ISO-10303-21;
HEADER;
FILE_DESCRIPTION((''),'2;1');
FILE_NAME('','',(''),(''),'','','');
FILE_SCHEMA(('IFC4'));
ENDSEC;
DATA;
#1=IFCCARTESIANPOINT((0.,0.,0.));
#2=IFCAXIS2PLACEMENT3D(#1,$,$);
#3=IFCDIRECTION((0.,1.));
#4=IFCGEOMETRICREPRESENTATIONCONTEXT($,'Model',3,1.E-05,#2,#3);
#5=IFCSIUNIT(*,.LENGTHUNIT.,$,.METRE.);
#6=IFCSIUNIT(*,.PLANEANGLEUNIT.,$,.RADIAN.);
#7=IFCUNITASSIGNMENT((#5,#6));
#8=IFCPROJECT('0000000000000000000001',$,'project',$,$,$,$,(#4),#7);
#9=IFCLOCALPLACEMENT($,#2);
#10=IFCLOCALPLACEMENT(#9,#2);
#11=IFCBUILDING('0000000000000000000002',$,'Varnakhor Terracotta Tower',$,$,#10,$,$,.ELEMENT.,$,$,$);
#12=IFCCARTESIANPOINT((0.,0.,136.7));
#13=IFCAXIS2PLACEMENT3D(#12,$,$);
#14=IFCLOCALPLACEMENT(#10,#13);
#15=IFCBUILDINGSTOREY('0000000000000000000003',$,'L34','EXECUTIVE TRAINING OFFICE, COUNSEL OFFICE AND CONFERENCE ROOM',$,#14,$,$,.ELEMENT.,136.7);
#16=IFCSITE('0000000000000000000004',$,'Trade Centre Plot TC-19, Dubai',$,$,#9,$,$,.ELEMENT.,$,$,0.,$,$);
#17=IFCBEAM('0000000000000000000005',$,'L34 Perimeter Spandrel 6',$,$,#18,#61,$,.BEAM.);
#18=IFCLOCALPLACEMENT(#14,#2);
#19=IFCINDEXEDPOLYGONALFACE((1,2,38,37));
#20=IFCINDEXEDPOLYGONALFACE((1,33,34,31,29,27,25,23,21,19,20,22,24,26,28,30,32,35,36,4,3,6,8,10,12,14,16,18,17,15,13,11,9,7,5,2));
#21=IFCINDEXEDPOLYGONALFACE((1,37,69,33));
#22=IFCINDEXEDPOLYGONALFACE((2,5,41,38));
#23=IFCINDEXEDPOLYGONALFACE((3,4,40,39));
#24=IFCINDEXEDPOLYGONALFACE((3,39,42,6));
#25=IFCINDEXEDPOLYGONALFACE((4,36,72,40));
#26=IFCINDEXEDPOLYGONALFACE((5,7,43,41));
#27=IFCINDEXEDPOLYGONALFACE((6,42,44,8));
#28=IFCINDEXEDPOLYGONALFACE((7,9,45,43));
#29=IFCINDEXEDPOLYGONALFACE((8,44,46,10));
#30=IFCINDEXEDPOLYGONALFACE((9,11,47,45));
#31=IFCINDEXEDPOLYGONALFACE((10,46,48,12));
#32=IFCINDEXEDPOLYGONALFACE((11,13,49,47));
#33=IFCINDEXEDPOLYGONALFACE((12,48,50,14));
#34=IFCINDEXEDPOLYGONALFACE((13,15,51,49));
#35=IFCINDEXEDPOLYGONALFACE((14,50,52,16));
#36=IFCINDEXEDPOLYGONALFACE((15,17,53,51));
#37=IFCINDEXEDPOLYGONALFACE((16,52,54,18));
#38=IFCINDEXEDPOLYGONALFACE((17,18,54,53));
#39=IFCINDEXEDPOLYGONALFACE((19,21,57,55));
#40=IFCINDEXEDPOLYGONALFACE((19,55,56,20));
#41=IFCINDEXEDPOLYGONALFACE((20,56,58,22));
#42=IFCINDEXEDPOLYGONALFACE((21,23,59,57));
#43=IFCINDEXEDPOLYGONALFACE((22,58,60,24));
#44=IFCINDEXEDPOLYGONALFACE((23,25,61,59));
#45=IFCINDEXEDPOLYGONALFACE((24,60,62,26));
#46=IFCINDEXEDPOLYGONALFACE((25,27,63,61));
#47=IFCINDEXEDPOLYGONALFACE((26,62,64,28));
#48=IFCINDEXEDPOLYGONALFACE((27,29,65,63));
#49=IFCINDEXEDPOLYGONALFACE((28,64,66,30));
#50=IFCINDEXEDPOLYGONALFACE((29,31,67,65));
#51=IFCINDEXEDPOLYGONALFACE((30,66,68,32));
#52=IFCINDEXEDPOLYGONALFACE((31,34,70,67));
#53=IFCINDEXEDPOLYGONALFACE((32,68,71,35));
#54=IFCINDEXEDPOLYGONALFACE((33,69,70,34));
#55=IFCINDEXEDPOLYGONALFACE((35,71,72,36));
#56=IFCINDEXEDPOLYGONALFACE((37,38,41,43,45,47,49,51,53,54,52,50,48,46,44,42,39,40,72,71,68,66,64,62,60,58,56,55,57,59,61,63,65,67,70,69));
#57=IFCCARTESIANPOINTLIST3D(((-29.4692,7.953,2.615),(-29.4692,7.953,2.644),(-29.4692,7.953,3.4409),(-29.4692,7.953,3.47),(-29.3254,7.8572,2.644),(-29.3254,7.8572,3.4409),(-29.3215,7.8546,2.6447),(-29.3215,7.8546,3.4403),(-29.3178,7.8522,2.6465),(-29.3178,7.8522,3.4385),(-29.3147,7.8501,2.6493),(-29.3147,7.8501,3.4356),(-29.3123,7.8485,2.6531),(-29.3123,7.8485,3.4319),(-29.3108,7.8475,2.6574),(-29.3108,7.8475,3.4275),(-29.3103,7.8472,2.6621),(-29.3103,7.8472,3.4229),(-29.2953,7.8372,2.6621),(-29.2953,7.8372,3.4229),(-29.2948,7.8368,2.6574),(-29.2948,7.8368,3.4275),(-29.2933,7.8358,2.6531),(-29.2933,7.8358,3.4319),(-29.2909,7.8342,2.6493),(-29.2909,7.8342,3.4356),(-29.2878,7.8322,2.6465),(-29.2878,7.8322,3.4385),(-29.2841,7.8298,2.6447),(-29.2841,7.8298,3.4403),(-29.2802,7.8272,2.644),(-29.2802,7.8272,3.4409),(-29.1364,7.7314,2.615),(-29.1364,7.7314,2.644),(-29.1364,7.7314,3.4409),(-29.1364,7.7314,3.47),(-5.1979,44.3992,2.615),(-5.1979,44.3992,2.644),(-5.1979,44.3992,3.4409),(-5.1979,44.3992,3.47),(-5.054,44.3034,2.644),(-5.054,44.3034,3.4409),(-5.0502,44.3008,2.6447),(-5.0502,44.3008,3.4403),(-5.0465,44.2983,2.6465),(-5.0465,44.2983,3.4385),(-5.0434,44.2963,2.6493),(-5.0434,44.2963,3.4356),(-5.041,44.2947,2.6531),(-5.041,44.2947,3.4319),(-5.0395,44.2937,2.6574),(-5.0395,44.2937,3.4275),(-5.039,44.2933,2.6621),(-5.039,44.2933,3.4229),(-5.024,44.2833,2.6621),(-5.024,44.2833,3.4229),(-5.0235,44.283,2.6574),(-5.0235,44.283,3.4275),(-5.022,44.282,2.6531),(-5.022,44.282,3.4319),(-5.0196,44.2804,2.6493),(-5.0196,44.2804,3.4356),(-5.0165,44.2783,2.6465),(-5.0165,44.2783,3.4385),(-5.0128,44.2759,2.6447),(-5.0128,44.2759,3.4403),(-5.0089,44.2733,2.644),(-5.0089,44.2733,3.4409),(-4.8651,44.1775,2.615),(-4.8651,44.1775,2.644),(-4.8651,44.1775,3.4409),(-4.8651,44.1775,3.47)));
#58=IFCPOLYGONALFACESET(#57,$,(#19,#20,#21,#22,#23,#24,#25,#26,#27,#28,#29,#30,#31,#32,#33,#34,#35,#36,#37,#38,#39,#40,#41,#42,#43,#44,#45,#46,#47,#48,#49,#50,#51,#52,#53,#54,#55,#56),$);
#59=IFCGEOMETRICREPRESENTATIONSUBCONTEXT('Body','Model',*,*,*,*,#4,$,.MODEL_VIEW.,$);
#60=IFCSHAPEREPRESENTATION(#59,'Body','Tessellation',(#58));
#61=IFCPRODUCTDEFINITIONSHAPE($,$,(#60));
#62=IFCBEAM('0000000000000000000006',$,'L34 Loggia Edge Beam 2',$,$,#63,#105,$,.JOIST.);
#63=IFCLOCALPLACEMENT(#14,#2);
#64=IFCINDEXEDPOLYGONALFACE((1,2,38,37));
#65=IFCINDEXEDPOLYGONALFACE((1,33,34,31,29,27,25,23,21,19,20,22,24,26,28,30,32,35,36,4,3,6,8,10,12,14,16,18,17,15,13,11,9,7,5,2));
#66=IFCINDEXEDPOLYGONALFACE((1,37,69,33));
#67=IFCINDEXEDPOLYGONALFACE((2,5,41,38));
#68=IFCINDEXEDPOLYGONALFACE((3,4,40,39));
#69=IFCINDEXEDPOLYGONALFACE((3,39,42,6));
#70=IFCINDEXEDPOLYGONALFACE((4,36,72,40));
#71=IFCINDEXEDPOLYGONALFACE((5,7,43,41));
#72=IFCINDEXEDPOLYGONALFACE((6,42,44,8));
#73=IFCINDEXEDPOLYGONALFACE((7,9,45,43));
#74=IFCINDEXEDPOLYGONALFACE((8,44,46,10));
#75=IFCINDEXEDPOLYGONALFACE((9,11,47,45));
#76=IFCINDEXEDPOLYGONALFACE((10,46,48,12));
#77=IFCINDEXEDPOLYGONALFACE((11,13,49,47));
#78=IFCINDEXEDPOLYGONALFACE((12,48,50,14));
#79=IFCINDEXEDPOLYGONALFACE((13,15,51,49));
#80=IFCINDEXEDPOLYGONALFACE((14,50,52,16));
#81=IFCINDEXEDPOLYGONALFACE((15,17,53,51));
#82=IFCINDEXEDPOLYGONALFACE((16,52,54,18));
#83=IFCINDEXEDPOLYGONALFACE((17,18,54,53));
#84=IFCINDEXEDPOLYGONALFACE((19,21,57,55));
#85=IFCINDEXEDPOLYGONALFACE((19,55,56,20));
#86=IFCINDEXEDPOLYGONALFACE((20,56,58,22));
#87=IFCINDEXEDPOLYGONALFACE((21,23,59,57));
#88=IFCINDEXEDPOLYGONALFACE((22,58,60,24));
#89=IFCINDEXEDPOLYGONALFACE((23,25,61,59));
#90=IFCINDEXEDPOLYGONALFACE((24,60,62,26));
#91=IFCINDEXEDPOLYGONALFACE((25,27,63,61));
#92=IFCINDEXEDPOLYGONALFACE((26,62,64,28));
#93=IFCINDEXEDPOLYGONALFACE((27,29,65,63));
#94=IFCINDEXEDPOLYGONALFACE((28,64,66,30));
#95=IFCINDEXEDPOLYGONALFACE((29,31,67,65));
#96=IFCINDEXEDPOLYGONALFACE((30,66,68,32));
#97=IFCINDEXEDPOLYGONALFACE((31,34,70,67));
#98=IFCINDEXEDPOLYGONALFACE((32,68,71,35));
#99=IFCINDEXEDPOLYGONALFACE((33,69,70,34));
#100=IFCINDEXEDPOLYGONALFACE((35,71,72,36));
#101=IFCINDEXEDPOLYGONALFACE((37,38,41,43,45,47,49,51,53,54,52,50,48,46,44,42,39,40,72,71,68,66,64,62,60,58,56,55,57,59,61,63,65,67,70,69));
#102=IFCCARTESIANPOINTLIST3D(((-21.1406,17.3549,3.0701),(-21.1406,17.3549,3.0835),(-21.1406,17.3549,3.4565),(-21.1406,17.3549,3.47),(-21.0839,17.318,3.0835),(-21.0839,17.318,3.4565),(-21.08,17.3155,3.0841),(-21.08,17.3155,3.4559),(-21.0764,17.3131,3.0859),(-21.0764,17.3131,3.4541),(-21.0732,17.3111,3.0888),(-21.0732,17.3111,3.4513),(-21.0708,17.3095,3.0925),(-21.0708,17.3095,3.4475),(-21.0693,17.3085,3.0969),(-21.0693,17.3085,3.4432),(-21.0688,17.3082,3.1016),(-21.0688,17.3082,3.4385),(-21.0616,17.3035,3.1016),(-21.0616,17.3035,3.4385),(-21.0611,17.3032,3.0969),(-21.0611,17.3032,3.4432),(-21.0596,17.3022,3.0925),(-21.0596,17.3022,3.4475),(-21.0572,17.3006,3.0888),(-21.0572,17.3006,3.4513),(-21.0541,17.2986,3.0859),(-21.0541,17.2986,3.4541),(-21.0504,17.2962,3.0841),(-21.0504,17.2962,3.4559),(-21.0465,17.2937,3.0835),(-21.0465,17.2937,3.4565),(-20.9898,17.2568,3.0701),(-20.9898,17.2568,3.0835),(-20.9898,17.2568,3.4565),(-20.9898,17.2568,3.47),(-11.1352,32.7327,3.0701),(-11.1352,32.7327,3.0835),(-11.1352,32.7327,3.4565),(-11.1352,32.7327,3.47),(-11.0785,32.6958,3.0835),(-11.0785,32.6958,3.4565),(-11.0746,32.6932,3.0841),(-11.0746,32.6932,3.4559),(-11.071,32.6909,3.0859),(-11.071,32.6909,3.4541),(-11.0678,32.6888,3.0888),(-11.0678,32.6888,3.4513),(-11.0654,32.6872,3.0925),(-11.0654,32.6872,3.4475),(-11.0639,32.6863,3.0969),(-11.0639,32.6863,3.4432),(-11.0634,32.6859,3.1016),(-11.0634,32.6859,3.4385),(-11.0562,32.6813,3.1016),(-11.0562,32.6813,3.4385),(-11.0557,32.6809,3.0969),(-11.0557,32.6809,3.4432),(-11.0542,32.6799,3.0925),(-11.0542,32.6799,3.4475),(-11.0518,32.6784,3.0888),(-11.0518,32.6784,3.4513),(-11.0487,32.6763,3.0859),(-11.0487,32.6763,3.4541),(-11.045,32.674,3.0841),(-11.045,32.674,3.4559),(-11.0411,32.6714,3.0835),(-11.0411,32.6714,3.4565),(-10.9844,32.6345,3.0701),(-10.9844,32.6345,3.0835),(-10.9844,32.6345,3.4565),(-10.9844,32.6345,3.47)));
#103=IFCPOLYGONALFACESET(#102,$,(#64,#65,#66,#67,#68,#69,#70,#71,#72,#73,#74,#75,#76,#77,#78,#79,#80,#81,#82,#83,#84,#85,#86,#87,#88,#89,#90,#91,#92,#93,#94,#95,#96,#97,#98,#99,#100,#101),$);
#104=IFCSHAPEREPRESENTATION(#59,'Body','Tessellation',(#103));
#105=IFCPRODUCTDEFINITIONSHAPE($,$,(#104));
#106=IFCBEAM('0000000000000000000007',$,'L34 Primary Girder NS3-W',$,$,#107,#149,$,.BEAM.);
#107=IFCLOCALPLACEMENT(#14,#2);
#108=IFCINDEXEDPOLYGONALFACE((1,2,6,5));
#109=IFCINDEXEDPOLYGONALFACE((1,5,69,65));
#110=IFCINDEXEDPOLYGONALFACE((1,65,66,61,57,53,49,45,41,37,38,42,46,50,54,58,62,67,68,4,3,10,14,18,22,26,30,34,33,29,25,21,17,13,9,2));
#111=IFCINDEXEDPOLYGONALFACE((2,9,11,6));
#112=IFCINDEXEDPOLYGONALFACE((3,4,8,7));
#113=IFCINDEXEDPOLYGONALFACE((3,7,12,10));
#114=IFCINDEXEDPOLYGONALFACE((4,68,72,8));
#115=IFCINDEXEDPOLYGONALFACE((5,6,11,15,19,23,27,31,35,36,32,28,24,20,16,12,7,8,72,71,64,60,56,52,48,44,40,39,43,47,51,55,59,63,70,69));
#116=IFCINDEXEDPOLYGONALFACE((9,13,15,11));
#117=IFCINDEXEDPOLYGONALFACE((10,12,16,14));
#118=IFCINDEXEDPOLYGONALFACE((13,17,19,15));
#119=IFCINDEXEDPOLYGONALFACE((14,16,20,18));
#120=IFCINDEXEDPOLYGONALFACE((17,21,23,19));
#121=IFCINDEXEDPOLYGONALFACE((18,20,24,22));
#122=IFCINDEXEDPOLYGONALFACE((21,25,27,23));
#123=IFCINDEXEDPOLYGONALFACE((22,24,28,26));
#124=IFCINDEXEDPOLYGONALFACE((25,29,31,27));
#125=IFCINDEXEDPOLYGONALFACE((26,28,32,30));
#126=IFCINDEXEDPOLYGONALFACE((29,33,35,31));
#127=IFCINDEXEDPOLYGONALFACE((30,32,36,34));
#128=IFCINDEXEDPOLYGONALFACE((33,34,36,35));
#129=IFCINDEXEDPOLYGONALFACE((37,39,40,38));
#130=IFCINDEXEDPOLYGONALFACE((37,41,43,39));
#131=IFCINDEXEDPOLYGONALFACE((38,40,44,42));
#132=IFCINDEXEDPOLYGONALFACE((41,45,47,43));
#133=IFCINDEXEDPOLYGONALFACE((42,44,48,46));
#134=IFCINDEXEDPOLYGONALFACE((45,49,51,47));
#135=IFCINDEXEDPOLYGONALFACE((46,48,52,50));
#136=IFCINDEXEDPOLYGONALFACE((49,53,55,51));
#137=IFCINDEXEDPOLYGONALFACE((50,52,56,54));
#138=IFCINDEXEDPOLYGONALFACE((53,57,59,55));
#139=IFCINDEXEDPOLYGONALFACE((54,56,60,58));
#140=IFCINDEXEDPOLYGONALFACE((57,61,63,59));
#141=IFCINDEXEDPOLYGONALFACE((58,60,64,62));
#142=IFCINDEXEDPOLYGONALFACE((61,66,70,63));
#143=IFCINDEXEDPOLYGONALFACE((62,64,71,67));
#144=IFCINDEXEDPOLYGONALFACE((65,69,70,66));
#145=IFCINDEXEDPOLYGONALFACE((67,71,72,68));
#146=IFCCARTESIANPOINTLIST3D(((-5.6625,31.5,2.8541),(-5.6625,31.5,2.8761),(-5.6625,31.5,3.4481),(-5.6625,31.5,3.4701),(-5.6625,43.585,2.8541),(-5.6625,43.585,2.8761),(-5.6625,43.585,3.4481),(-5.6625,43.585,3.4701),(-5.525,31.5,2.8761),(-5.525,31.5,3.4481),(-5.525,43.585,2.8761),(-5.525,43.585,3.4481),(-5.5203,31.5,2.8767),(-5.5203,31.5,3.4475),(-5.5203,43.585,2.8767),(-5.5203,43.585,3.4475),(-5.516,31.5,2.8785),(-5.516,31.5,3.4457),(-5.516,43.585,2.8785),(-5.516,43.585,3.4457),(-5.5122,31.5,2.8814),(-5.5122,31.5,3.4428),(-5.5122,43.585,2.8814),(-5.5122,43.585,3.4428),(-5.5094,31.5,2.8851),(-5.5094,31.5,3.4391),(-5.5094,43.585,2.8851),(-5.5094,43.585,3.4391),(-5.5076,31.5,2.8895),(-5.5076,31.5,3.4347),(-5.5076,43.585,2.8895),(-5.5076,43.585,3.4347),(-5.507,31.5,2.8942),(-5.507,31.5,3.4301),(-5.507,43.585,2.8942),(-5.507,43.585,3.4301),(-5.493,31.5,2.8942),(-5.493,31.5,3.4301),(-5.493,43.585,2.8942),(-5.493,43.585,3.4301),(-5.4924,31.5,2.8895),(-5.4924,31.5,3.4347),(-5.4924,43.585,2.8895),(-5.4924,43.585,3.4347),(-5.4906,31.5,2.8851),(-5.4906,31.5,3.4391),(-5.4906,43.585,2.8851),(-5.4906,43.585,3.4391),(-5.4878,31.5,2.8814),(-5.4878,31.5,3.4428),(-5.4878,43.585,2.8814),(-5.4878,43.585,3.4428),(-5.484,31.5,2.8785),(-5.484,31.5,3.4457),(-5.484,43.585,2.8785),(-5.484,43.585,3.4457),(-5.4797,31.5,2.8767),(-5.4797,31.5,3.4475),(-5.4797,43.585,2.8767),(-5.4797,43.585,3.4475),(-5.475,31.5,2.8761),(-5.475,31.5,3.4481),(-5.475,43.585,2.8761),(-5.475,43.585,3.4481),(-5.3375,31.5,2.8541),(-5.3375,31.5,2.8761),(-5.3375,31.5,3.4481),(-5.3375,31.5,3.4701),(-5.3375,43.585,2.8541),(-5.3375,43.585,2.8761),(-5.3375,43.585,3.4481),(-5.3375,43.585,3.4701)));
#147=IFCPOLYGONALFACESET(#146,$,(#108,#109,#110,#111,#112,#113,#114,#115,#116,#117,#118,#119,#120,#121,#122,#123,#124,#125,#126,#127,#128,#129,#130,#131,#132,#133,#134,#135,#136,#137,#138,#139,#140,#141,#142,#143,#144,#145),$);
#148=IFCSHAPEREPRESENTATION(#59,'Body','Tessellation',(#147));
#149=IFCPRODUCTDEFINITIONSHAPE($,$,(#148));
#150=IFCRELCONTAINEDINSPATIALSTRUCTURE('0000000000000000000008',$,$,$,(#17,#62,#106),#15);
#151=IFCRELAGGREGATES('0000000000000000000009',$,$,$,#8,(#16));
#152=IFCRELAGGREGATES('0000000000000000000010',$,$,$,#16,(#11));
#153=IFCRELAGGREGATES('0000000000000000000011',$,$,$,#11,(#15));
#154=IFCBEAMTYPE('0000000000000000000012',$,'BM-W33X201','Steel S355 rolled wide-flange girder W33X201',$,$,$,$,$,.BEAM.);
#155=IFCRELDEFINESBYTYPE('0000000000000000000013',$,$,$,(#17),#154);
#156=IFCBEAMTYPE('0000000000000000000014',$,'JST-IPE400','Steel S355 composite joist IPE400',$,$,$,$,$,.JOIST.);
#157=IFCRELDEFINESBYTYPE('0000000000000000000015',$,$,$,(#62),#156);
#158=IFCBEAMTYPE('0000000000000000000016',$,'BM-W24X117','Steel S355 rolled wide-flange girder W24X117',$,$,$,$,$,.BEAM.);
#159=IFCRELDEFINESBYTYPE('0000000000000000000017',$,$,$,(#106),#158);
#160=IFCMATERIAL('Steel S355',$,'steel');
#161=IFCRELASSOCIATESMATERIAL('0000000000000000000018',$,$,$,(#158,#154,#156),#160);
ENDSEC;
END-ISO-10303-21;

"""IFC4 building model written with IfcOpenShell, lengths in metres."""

from ifc_helpers import new_model, si_unit, direction, frame, origin, origin_2d, place, context, subcontext, project, spatial, i_section, extrude, source, transform, mapped, material, material_profile, profile_set, type_object, element, save


model = new_model("IFC4")

# Units and contexts
model_context = context("Model", 3, precision=1e-05, world=origin(), true_north=direction((0.0, 1.0)))
body_context = subcontext(model_context, "Body", "Model", "MODEL_VIEW")
ifc_project = project(units=[si_unit("LENGTHUNIT", "METRE"), si_unit("PLANEANGLEUNIT", "RADIAN")], contexts=[model_context])

# Site, building, storey
site_placement = place(None, origin())
site = spatial("IfcSite", under=ifc_project, at=site_placement, Name="Trade Centre Plot TC-19, Dubai", CompositionType="ELEMENT", RefElevation=0.0)
building_placement = place(site_placement, origin())
building = spatial("IfcBuilding", under=site, at=building_placement, Name="Varnakhor Terracotta Tower", CompositionType="ELEMENT")
storey_placement = place(building_placement, frame((0.0, 0.0, 136.7)))
storey = spatial("IfcBuildingStorey", under=building, at=storey_placement, Name="L34", Description="EXECUTIVE TRAINING OFFICE, COUNSEL OFFICE AND CONFERENCE ROOM", CompositionType="ELEMENT", Elevation=136.7)

# Beams
ifc_material_1 = material(Name="Steel S355", Category="steel")
ifc_material_profile_1 = material_profile(ifc_material_1, i_section(OverallWidth=0.325, OverallDepth=0.616, WebThickness=0.0139, FlangeThickness=0.022, FilletRadius=0.0181, at=origin_2d()), Name="W24X117")
ifc_profile_set_1 = profile_set([ifc_material_profile_1], Name="Steel S355")
beam_type_1 = type_object("IfcBeamType", Name="BM-W24X117", Description="Steel S355 rolled wide-flange girder W24X117", PredefinedType="BEAM", material=ifc_profile_set_1)
ifc_material_profile_2 = material_profile(ifc_material_1, i_section(OverallWidth=0.3999, OverallDepth=0.855, WebThickness=0.0181, FlangeThickness=0.0291, FilletRadius=0.0181, at=origin_2d()), Name="W33X201")
ifc_profile_set_2 = profile_set([ifc_material_profile_2], Name="Steel S355")
beam_type_2 = type_object("IfcBeamType", Name="BM-W33X201", Description="Steel S355 rolled wide-flange girder W33X201", PredefinedType="BEAM", material=ifc_profile_set_2)
shared_shape_1 = source(origin(), body_context, "Body", "SweptSolid", [
    extrude(i_section(OverallWidth=0.3999, OverallDepth=0.855, WebThickness=0.0181, FlangeThickness=0.0291, FilletRadius=0.0181, at=origin_2d()), origin(), (0.0, 0.0, 1.0), 43.7883),
])
beam_1_placement = place(storey_placement, frame((-5.0315, 44.2883, 3.0425), z_axis=(-0.554287, -0.832326, 0.0), x_axis=(0.832326, -0.554287, 0.0)))
element("IfcBeam", 1, at=beam_1_placement, inside=storey, type_object=beam_type_2, Name="L34 Perimeter Spandrel 6", PredefinedType="BEAM", context=body_context, shape_type="MappedRepresentation", body=[
    mapped(shared_shape_1, transform((0.0, 0.0, 0.0), scale=1.0)),
])
ifc_material_profile_3 = material_profile(ifc_material_1, i_section(OverallWidth=0.1799, OverallDepth=0.3999, WebThickness=0.0085, FlangeThickness=0.0134, FilletRadius=0.0181, at=origin_2d()), Name="IPE400")
ifc_profile_set_3 = profile_set([ifc_material_profile_3], Name="Steel S355")
beam_type_3 = type_object("IfcBeamType", Name="JST-IPE400", Description="Steel S355 composite joist IPE400", PredefinedType="JOIST", material=ifc_profile_set_3)
shared_shape_2 = source(origin(), body_context, "Body", "SweptSolid", [
    extrude(i_section(OverallWidth=0.1799, OverallDepth=0.3999, WebThickness=0.0085, FlangeThickness=0.0134, FilletRadius=0.0181, at=origin_2d()), origin(), (0.0, 0.0, 1.0), 18.3462),
])
beam_2_placement = place(storey_placement, frame((-11.0598, 32.6836, 3.27), z_axis=(-0.545367, -0.838198, 0.0), x_axis=(0.838198, -0.545367, 0.0)))
element("IfcBeam", 2, at=beam_2_placement, inside=storey, type_object=beam_type_3, Name="L34 Loggia Edge Beam 2", PredefinedType="JOIST", context=body_context, shape_type="MappedRepresentation", body=[
    mapped(shared_shape_2, transform((0.0, 0.0, 0.0), scale=1.0)),
])
shared_shape_3 = source(origin(), body_context, "Body", "SweptSolid", [
    extrude(i_section(OverallWidth=0.325, OverallDepth=0.616, WebThickness=0.0139, FlangeThickness=0.022, FilletRadius=0.0181, at=origin_2d()), origin(), (0.0, 0.0, 1.0), 12.085),
])
beam_3_placement = place(storey_placement, frame((-5.5, 31.5, 3.1621), z_axis=(0.0, 1.0, 0.0), x_axis=(-1.0, 0.0, 0.0)))
element("IfcBeam", 3, at=beam_3_placement, inside=storey, type_object=beam_type_1, Name="L34 Primary Girder NS3-W", PredefinedType="BEAM", context=body_context, shape_type="MappedRepresentation", body=[
    mapped(shared_shape_3, transform((0.0, 0.0, 0.0), scale=1.0)),
])

save(model, "model.ifc")
